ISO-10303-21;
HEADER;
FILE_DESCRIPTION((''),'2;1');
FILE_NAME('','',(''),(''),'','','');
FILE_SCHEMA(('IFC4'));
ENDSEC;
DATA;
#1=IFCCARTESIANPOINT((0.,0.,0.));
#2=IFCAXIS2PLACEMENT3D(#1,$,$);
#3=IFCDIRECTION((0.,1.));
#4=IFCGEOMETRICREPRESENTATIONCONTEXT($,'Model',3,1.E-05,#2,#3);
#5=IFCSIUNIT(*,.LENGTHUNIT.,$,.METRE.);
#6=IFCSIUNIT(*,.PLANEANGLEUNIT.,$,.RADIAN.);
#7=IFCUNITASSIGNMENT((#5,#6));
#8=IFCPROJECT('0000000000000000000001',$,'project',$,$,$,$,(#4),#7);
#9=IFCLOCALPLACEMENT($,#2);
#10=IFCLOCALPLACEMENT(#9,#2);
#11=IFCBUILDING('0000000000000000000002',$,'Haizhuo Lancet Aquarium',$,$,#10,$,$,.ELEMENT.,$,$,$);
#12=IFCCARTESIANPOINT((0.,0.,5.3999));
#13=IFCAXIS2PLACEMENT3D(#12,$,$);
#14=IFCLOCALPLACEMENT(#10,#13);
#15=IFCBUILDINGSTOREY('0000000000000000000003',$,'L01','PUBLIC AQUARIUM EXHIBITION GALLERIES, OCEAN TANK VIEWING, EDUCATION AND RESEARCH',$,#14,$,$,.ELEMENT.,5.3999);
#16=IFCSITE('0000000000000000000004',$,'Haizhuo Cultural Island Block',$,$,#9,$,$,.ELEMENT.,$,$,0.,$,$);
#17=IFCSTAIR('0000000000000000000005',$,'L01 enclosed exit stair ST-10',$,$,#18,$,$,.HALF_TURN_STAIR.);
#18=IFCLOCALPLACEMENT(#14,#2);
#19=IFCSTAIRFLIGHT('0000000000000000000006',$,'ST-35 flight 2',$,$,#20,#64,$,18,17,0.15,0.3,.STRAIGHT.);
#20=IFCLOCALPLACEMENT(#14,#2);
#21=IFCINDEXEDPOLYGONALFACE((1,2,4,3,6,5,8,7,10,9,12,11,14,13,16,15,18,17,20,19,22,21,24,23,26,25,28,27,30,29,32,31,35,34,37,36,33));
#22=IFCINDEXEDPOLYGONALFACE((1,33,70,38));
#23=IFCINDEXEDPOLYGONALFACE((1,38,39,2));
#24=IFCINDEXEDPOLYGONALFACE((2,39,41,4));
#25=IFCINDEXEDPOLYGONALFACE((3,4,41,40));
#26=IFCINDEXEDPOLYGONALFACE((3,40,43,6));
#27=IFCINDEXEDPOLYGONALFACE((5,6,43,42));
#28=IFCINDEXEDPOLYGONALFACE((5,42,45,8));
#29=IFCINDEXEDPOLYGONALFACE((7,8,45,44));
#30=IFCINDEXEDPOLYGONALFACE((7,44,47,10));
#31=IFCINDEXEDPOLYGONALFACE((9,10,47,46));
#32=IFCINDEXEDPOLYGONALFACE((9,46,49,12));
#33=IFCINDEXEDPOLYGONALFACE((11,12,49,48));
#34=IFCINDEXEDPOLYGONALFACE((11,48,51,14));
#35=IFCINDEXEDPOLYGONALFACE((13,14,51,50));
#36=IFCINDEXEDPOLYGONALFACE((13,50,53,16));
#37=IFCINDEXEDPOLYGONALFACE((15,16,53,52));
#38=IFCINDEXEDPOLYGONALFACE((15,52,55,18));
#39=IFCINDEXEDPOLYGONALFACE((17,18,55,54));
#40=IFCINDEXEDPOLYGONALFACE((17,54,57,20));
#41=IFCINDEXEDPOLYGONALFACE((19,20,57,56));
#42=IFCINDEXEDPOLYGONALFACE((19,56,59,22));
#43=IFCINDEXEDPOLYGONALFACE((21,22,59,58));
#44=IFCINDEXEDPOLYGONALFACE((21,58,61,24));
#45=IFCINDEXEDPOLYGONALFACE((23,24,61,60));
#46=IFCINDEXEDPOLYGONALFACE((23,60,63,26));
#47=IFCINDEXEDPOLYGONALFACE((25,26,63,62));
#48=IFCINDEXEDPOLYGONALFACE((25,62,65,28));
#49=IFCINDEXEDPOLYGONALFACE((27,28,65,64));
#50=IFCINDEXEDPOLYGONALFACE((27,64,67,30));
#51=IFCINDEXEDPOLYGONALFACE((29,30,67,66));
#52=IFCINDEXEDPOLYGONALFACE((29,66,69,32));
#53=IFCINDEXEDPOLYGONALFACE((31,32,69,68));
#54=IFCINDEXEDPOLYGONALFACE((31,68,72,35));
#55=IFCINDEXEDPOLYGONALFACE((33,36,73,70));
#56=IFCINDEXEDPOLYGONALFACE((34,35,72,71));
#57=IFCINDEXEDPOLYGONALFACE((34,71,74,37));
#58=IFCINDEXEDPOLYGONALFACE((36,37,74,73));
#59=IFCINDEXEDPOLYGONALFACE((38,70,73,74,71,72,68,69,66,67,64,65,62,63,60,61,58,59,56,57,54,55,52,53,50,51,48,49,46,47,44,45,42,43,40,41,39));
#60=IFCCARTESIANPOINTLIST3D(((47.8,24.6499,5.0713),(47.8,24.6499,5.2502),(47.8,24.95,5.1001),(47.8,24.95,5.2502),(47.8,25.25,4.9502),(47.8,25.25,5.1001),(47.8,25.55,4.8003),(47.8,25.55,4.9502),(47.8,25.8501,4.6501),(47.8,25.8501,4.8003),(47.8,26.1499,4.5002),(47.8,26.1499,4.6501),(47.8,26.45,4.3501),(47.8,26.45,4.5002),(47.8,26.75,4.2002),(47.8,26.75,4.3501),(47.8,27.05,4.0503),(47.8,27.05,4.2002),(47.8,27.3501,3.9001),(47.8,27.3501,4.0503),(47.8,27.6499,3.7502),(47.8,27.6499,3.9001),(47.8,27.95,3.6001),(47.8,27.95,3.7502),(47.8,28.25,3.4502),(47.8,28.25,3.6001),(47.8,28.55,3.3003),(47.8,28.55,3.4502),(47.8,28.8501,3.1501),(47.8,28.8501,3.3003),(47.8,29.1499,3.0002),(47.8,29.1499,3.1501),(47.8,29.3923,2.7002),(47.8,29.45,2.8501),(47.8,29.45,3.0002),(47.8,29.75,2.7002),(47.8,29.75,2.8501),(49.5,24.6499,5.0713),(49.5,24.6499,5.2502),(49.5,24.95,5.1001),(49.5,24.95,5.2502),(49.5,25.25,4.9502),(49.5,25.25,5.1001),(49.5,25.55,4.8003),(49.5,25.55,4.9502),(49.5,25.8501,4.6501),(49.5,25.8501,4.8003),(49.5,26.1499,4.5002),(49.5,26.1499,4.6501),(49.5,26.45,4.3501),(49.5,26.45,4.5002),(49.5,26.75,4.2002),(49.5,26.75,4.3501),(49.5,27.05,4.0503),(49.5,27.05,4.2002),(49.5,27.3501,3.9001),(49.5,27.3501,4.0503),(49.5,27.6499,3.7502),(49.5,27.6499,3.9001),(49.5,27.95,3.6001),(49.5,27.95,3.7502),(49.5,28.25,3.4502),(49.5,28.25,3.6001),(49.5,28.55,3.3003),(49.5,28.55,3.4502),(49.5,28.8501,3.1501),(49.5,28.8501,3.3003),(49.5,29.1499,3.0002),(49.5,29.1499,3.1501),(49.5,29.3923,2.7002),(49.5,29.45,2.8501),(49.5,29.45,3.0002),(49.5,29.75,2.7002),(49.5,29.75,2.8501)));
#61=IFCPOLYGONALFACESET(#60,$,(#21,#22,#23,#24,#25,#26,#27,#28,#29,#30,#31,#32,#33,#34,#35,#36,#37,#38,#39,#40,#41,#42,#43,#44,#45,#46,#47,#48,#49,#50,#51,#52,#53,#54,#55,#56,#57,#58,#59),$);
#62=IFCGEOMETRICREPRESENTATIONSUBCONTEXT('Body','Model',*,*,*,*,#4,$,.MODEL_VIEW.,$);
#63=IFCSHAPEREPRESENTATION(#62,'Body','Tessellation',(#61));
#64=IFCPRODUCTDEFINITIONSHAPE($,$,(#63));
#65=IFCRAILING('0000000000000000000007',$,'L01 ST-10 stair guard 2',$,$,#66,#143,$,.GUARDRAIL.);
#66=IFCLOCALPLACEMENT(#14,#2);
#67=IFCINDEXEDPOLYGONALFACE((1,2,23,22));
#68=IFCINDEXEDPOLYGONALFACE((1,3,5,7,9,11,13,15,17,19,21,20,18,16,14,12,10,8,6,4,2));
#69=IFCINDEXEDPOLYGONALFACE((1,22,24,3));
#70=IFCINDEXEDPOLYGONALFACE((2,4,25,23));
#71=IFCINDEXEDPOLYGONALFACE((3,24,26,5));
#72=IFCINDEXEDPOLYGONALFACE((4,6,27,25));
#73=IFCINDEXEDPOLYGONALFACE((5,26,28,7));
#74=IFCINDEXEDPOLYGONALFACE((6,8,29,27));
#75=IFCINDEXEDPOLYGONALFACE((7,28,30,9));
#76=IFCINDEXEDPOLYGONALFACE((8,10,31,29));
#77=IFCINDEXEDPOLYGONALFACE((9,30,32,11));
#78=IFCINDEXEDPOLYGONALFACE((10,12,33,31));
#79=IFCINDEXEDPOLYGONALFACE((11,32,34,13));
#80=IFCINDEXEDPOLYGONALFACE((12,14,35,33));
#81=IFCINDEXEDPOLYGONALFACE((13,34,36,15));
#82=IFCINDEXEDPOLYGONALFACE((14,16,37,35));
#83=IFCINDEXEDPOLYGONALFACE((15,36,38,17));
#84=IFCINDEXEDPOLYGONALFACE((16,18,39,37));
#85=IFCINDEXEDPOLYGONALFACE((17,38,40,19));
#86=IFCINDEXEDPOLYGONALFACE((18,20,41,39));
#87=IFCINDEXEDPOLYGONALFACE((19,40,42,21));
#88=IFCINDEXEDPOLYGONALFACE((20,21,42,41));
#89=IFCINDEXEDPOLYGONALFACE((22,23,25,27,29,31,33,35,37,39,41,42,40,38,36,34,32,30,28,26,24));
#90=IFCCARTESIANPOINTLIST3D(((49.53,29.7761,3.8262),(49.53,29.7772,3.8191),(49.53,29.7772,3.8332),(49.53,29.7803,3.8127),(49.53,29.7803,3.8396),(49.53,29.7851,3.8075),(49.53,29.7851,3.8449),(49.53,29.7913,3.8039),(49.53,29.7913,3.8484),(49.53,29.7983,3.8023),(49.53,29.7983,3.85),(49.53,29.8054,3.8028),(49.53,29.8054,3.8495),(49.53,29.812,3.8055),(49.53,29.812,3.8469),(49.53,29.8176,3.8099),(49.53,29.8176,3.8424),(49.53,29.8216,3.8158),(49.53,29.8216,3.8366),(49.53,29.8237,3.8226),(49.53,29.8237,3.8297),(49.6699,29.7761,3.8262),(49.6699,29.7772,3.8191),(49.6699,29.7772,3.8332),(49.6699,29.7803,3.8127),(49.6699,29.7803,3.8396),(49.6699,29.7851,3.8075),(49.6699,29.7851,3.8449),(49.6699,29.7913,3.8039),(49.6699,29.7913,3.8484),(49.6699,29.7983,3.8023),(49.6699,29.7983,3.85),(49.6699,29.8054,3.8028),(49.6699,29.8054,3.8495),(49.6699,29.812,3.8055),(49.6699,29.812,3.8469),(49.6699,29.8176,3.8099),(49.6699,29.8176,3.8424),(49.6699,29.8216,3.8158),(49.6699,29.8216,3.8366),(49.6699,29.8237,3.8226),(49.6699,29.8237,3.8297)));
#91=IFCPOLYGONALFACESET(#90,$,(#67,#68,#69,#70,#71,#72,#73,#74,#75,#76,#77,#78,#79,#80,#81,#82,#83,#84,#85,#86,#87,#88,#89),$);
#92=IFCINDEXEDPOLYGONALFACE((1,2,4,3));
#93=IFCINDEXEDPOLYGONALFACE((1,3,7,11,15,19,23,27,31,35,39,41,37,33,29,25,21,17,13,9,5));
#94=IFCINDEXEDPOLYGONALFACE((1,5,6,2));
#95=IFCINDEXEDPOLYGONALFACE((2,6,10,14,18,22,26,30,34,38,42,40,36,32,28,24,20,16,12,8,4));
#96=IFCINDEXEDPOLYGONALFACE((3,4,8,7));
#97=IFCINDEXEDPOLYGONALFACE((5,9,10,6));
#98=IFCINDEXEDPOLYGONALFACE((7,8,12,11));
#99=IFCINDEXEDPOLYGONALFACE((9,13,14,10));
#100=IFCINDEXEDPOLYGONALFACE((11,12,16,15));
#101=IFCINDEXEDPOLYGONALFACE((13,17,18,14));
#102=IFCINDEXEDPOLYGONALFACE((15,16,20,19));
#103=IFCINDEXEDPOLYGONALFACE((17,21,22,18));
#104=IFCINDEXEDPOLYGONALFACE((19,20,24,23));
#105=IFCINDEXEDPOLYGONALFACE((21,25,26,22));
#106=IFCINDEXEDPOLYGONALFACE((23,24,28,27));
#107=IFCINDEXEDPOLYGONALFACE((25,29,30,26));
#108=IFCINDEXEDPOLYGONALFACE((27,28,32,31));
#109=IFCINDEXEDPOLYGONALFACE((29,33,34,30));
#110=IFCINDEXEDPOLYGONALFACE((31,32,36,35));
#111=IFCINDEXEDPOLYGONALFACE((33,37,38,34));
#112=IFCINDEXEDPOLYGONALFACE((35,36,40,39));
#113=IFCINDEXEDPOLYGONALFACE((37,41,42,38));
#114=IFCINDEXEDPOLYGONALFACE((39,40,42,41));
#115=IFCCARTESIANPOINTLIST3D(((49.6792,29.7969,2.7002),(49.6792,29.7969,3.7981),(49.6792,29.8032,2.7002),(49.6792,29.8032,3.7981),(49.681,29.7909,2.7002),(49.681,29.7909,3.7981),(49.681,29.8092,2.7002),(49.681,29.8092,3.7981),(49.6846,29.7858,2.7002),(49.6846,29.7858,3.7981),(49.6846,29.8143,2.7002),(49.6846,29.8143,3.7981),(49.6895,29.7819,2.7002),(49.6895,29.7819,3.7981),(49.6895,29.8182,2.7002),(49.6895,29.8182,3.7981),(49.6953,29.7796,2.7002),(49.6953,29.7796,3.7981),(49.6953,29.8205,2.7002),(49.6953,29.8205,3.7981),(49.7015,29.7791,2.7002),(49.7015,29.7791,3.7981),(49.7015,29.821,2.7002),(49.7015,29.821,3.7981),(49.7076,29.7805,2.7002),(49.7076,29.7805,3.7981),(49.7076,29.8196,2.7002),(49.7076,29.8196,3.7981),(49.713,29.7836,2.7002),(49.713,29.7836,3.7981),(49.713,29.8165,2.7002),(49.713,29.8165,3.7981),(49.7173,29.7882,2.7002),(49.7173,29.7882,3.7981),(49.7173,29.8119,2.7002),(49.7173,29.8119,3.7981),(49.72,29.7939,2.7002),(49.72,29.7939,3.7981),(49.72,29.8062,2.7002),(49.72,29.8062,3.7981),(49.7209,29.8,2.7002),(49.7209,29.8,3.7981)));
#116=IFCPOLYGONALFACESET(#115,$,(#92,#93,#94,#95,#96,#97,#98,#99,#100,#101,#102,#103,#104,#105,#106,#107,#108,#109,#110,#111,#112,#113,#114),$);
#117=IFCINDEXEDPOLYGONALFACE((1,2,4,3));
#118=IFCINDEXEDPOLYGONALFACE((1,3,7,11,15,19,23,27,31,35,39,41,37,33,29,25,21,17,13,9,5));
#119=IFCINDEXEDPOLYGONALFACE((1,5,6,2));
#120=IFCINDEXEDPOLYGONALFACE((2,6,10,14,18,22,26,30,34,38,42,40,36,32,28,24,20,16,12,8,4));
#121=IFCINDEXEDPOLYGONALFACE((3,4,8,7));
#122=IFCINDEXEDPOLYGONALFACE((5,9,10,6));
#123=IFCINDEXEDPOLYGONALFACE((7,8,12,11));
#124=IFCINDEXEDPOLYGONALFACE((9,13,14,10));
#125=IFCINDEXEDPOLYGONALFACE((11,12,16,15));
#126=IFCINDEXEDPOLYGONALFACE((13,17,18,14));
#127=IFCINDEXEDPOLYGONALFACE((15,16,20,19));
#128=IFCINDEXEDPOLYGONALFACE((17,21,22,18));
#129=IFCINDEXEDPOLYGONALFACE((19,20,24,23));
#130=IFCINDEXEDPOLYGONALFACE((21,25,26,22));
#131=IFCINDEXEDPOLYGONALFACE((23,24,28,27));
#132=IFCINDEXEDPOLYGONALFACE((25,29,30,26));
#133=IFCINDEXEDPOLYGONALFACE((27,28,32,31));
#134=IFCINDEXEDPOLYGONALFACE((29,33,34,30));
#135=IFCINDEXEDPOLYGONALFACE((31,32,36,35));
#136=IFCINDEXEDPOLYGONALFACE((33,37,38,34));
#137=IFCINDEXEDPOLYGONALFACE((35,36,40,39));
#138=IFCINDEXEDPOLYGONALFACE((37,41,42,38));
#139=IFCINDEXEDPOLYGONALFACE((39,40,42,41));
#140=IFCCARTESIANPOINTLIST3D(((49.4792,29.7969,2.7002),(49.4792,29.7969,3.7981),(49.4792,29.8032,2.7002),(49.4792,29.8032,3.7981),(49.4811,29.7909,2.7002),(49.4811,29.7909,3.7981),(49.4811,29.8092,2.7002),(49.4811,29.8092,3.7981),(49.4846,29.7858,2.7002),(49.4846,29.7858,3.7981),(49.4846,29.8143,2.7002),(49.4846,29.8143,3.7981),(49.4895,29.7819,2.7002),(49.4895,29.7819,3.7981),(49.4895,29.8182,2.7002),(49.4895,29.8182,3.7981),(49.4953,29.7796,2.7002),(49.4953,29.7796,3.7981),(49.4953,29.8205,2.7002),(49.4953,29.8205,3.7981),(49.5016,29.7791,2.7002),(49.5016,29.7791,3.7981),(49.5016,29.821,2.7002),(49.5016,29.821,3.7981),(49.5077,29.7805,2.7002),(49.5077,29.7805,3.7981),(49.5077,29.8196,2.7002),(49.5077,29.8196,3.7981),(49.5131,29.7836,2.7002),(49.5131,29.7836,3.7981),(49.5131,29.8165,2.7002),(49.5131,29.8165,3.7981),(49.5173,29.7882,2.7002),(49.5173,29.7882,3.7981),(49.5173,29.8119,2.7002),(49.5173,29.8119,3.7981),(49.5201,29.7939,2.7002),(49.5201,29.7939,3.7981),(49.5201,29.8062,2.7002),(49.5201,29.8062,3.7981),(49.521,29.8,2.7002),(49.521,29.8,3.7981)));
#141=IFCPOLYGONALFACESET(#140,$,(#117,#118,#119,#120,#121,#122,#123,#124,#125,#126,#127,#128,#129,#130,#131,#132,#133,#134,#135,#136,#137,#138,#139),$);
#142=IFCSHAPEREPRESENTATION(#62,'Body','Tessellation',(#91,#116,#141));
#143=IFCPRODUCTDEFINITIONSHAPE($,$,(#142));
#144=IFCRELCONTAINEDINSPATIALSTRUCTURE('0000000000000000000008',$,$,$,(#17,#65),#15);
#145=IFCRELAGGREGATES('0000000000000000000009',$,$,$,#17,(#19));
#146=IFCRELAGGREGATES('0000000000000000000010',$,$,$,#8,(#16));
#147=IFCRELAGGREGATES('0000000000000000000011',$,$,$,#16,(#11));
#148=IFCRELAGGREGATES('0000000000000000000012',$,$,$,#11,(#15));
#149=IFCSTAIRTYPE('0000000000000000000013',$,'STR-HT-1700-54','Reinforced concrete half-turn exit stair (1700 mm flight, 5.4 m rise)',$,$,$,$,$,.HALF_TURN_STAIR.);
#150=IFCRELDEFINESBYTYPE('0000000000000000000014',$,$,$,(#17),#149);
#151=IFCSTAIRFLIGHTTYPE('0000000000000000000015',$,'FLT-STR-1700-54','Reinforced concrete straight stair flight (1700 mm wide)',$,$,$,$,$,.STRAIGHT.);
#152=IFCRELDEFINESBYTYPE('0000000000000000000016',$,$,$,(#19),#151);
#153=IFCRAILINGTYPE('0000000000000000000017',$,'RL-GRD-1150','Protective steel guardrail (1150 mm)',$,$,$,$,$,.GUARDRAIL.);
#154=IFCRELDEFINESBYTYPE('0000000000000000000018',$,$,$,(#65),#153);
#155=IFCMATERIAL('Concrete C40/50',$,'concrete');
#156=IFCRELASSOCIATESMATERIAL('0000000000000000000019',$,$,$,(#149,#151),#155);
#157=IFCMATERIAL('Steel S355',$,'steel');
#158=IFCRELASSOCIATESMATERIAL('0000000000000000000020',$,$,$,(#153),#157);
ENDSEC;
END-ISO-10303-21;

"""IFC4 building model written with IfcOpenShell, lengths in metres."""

from ifc_helpers import new_model, si_unit, direction, frame, origin, origin_2d, place, context, subcontext, project, spatial, polyline, circle, outline, extrude, material, type_object, element, aggregate, save


model = new_model("IFC4")

# Units and contexts
model_context = context("Model", 3, precision=1e-05, world=origin(), true_north=direction((0.0, 1.0)))
body_context = subcontext(model_context, "Body", "Model", "MODEL_VIEW")
ifc_project = project(units=[si_unit("LENGTHUNIT", "METRE"), si_unit("PLANEANGLEUNIT", "RADIAN")], contexts=[model_context])

# Site, building, storey
site_placement = place(None, origin())
site = spatial("IfcSite", under=ifc_project, at=site_placement, Name="Haizhuo Cultural Island Block", CompositionType="ELEMENT", RefElevation=0.0)
building_placement = place(site_placement, origin())
building = spatial("IfcBuilding", under=site, at=building_placement, Name="Haizhuo Lancet Aquarium", CompositionType="ELEMENT")
storey_placement = place(building_placement, frame((0.0, 0.0, 5.3999)))
storey = spatial("IfcBuildingStorey", under=building, at=storey_placement, Name="L01", Description="PUBLIC AQUARIUM EXHIBITION GALLERIES, OCEAN TANK VIEWING, EDUCATION AND RESEARCH", CompositionType="ELEMENT", Elevation=5.3999)

# Shared definitions
ifc_material_1 = material(Name="Steel S355", Category="steel")

# Shared definitions
ifc_material_2 = material(Name="Concrete C40/50", Category="concrete")

# Stair, stair flight
stair_type = type_object("IfcStairType", Name="STR-HT-1700-54", Description="Reinforced concrete half-turn exit stair (1700 mm flight, 5.4 m rise)", PredefinedType="HALF_TURN_STAIR", material=ifc_material_2)
stair_placement = place(storey_placement, origin())
stair = element("IfcStair", 1, at=stair_placement, inside=storey, type_object=stair_type, Name="L01 enclosed exit stair ST-10", PredefinedType="HALF_TURN_STAIR")
stair_flight_type = type_object("IfcStairFlightType", Name="FLT-STR-1700-54", Description="Reinforced concrete straight stair flight (1700 mm wide)", PredefinedType="STRAIGHT", material=ifc_material_2)
stair_flight_placement = place(storey_placement, frame((48.6499, 29.75, 2.7002), z_axis=(0.0, 0.0, 1.0), x_axis=(0.0, -1.0, 0.0)))
stair_flight = element("IfcStairFlight", 2, at=stair_flight_placement, type_object=stair_flight_type, Name="ST-35 flight 2", NumberOfRisers=18, NumberOfTreads=17, PredefinedType="STRAIGHT", RiserHeight=0.15, TreadLength=0.3, context=body_context, shape_type="SweptSolid", body=[
    extrude(outline(polyline([(0.0, 0.0), (0.0, 0.1499), (0.3, 0.1499), (0.3, 0.3), (0.6001, 0.3), (0.6001, 0.45), (0.8999, 0.45), (0.8999, 0.6001), (1.2, 0.6001), (1.2, 0.75), (1.5, 0.75), (1.5, 0.8999), (1.8, 0.8999), (1.8, 1.05), (2.1001, 1.05), (2.1001, 1.2), (2.3999, 1.2), (2.3999, 1.3501), (2.7, 1.3501), (2.7, 1.5), (3.0, 1.5), (3.0, 1.6499), (3.3, 1.6499), (3.3, 1.8), (3.6001, 1.8), (3.6001, 1.95), (3.8999, 1.95), (3.8999, 2.1001), (4.2, 2.1001), (4.2, 2.25), (4.5, 2.25), (4.5, 2.3999), (4.8, 2.3999), (4.8, 2.55), (5.1001, 2.55), (5.1001, 2.7), (5.1001, 2.3711), (0.3577, 0.0), (0.0, 0.0)])), frame((0.0, 0.8501, 0.0), z_axis=(0.0, -1.0, 0.0), x_axis=(1.0, 0.0, 0.0)), (0.0, 0.0, 1.0), 1.7),
])
aggregate(stair, [stair_flight])

# Railing
railing_type_1 = type_object("IfcRailingType", Name="RL-GRD-1150", Description="Protective steel guardrail (1150 mm)", PredefinedType="GUARDRAIL", material=ifc_material_1)
railing_1_placement = place(storey_placement, frame((49.7, 29.8, 2.7002)))
element("IfcRailing", 3, at=railing_1_placement, inside=storey, type_object=railing_type_1, Name="L01 ST-10 stair guard 2", PredefinedType="GUARDRAIL", context=body_context, shape_type="SweptSolid", body=[
    extrude(circle(Radius=0.0239, at=origin_2d()), frame((-0.03, 0.0, 1.126), z_axis=(-1.0, 0.0, 0.0), x_axis=(0.0, -1.0, 0.0)), (0.0, 0.0, 1.0), 0.1399),
    extrude(circle(Radius=0.021, at=origin_2d()), origin(), (0.0, 0.0, 1.0), 1.0979),
    extrude(circle(Radius=0.021, at=origin_2d()), frame((-0.2, 0.0, 0.0)), (0.0, 0.0, 1.0), 1.0979),
])

save(model, "model.ifc")
